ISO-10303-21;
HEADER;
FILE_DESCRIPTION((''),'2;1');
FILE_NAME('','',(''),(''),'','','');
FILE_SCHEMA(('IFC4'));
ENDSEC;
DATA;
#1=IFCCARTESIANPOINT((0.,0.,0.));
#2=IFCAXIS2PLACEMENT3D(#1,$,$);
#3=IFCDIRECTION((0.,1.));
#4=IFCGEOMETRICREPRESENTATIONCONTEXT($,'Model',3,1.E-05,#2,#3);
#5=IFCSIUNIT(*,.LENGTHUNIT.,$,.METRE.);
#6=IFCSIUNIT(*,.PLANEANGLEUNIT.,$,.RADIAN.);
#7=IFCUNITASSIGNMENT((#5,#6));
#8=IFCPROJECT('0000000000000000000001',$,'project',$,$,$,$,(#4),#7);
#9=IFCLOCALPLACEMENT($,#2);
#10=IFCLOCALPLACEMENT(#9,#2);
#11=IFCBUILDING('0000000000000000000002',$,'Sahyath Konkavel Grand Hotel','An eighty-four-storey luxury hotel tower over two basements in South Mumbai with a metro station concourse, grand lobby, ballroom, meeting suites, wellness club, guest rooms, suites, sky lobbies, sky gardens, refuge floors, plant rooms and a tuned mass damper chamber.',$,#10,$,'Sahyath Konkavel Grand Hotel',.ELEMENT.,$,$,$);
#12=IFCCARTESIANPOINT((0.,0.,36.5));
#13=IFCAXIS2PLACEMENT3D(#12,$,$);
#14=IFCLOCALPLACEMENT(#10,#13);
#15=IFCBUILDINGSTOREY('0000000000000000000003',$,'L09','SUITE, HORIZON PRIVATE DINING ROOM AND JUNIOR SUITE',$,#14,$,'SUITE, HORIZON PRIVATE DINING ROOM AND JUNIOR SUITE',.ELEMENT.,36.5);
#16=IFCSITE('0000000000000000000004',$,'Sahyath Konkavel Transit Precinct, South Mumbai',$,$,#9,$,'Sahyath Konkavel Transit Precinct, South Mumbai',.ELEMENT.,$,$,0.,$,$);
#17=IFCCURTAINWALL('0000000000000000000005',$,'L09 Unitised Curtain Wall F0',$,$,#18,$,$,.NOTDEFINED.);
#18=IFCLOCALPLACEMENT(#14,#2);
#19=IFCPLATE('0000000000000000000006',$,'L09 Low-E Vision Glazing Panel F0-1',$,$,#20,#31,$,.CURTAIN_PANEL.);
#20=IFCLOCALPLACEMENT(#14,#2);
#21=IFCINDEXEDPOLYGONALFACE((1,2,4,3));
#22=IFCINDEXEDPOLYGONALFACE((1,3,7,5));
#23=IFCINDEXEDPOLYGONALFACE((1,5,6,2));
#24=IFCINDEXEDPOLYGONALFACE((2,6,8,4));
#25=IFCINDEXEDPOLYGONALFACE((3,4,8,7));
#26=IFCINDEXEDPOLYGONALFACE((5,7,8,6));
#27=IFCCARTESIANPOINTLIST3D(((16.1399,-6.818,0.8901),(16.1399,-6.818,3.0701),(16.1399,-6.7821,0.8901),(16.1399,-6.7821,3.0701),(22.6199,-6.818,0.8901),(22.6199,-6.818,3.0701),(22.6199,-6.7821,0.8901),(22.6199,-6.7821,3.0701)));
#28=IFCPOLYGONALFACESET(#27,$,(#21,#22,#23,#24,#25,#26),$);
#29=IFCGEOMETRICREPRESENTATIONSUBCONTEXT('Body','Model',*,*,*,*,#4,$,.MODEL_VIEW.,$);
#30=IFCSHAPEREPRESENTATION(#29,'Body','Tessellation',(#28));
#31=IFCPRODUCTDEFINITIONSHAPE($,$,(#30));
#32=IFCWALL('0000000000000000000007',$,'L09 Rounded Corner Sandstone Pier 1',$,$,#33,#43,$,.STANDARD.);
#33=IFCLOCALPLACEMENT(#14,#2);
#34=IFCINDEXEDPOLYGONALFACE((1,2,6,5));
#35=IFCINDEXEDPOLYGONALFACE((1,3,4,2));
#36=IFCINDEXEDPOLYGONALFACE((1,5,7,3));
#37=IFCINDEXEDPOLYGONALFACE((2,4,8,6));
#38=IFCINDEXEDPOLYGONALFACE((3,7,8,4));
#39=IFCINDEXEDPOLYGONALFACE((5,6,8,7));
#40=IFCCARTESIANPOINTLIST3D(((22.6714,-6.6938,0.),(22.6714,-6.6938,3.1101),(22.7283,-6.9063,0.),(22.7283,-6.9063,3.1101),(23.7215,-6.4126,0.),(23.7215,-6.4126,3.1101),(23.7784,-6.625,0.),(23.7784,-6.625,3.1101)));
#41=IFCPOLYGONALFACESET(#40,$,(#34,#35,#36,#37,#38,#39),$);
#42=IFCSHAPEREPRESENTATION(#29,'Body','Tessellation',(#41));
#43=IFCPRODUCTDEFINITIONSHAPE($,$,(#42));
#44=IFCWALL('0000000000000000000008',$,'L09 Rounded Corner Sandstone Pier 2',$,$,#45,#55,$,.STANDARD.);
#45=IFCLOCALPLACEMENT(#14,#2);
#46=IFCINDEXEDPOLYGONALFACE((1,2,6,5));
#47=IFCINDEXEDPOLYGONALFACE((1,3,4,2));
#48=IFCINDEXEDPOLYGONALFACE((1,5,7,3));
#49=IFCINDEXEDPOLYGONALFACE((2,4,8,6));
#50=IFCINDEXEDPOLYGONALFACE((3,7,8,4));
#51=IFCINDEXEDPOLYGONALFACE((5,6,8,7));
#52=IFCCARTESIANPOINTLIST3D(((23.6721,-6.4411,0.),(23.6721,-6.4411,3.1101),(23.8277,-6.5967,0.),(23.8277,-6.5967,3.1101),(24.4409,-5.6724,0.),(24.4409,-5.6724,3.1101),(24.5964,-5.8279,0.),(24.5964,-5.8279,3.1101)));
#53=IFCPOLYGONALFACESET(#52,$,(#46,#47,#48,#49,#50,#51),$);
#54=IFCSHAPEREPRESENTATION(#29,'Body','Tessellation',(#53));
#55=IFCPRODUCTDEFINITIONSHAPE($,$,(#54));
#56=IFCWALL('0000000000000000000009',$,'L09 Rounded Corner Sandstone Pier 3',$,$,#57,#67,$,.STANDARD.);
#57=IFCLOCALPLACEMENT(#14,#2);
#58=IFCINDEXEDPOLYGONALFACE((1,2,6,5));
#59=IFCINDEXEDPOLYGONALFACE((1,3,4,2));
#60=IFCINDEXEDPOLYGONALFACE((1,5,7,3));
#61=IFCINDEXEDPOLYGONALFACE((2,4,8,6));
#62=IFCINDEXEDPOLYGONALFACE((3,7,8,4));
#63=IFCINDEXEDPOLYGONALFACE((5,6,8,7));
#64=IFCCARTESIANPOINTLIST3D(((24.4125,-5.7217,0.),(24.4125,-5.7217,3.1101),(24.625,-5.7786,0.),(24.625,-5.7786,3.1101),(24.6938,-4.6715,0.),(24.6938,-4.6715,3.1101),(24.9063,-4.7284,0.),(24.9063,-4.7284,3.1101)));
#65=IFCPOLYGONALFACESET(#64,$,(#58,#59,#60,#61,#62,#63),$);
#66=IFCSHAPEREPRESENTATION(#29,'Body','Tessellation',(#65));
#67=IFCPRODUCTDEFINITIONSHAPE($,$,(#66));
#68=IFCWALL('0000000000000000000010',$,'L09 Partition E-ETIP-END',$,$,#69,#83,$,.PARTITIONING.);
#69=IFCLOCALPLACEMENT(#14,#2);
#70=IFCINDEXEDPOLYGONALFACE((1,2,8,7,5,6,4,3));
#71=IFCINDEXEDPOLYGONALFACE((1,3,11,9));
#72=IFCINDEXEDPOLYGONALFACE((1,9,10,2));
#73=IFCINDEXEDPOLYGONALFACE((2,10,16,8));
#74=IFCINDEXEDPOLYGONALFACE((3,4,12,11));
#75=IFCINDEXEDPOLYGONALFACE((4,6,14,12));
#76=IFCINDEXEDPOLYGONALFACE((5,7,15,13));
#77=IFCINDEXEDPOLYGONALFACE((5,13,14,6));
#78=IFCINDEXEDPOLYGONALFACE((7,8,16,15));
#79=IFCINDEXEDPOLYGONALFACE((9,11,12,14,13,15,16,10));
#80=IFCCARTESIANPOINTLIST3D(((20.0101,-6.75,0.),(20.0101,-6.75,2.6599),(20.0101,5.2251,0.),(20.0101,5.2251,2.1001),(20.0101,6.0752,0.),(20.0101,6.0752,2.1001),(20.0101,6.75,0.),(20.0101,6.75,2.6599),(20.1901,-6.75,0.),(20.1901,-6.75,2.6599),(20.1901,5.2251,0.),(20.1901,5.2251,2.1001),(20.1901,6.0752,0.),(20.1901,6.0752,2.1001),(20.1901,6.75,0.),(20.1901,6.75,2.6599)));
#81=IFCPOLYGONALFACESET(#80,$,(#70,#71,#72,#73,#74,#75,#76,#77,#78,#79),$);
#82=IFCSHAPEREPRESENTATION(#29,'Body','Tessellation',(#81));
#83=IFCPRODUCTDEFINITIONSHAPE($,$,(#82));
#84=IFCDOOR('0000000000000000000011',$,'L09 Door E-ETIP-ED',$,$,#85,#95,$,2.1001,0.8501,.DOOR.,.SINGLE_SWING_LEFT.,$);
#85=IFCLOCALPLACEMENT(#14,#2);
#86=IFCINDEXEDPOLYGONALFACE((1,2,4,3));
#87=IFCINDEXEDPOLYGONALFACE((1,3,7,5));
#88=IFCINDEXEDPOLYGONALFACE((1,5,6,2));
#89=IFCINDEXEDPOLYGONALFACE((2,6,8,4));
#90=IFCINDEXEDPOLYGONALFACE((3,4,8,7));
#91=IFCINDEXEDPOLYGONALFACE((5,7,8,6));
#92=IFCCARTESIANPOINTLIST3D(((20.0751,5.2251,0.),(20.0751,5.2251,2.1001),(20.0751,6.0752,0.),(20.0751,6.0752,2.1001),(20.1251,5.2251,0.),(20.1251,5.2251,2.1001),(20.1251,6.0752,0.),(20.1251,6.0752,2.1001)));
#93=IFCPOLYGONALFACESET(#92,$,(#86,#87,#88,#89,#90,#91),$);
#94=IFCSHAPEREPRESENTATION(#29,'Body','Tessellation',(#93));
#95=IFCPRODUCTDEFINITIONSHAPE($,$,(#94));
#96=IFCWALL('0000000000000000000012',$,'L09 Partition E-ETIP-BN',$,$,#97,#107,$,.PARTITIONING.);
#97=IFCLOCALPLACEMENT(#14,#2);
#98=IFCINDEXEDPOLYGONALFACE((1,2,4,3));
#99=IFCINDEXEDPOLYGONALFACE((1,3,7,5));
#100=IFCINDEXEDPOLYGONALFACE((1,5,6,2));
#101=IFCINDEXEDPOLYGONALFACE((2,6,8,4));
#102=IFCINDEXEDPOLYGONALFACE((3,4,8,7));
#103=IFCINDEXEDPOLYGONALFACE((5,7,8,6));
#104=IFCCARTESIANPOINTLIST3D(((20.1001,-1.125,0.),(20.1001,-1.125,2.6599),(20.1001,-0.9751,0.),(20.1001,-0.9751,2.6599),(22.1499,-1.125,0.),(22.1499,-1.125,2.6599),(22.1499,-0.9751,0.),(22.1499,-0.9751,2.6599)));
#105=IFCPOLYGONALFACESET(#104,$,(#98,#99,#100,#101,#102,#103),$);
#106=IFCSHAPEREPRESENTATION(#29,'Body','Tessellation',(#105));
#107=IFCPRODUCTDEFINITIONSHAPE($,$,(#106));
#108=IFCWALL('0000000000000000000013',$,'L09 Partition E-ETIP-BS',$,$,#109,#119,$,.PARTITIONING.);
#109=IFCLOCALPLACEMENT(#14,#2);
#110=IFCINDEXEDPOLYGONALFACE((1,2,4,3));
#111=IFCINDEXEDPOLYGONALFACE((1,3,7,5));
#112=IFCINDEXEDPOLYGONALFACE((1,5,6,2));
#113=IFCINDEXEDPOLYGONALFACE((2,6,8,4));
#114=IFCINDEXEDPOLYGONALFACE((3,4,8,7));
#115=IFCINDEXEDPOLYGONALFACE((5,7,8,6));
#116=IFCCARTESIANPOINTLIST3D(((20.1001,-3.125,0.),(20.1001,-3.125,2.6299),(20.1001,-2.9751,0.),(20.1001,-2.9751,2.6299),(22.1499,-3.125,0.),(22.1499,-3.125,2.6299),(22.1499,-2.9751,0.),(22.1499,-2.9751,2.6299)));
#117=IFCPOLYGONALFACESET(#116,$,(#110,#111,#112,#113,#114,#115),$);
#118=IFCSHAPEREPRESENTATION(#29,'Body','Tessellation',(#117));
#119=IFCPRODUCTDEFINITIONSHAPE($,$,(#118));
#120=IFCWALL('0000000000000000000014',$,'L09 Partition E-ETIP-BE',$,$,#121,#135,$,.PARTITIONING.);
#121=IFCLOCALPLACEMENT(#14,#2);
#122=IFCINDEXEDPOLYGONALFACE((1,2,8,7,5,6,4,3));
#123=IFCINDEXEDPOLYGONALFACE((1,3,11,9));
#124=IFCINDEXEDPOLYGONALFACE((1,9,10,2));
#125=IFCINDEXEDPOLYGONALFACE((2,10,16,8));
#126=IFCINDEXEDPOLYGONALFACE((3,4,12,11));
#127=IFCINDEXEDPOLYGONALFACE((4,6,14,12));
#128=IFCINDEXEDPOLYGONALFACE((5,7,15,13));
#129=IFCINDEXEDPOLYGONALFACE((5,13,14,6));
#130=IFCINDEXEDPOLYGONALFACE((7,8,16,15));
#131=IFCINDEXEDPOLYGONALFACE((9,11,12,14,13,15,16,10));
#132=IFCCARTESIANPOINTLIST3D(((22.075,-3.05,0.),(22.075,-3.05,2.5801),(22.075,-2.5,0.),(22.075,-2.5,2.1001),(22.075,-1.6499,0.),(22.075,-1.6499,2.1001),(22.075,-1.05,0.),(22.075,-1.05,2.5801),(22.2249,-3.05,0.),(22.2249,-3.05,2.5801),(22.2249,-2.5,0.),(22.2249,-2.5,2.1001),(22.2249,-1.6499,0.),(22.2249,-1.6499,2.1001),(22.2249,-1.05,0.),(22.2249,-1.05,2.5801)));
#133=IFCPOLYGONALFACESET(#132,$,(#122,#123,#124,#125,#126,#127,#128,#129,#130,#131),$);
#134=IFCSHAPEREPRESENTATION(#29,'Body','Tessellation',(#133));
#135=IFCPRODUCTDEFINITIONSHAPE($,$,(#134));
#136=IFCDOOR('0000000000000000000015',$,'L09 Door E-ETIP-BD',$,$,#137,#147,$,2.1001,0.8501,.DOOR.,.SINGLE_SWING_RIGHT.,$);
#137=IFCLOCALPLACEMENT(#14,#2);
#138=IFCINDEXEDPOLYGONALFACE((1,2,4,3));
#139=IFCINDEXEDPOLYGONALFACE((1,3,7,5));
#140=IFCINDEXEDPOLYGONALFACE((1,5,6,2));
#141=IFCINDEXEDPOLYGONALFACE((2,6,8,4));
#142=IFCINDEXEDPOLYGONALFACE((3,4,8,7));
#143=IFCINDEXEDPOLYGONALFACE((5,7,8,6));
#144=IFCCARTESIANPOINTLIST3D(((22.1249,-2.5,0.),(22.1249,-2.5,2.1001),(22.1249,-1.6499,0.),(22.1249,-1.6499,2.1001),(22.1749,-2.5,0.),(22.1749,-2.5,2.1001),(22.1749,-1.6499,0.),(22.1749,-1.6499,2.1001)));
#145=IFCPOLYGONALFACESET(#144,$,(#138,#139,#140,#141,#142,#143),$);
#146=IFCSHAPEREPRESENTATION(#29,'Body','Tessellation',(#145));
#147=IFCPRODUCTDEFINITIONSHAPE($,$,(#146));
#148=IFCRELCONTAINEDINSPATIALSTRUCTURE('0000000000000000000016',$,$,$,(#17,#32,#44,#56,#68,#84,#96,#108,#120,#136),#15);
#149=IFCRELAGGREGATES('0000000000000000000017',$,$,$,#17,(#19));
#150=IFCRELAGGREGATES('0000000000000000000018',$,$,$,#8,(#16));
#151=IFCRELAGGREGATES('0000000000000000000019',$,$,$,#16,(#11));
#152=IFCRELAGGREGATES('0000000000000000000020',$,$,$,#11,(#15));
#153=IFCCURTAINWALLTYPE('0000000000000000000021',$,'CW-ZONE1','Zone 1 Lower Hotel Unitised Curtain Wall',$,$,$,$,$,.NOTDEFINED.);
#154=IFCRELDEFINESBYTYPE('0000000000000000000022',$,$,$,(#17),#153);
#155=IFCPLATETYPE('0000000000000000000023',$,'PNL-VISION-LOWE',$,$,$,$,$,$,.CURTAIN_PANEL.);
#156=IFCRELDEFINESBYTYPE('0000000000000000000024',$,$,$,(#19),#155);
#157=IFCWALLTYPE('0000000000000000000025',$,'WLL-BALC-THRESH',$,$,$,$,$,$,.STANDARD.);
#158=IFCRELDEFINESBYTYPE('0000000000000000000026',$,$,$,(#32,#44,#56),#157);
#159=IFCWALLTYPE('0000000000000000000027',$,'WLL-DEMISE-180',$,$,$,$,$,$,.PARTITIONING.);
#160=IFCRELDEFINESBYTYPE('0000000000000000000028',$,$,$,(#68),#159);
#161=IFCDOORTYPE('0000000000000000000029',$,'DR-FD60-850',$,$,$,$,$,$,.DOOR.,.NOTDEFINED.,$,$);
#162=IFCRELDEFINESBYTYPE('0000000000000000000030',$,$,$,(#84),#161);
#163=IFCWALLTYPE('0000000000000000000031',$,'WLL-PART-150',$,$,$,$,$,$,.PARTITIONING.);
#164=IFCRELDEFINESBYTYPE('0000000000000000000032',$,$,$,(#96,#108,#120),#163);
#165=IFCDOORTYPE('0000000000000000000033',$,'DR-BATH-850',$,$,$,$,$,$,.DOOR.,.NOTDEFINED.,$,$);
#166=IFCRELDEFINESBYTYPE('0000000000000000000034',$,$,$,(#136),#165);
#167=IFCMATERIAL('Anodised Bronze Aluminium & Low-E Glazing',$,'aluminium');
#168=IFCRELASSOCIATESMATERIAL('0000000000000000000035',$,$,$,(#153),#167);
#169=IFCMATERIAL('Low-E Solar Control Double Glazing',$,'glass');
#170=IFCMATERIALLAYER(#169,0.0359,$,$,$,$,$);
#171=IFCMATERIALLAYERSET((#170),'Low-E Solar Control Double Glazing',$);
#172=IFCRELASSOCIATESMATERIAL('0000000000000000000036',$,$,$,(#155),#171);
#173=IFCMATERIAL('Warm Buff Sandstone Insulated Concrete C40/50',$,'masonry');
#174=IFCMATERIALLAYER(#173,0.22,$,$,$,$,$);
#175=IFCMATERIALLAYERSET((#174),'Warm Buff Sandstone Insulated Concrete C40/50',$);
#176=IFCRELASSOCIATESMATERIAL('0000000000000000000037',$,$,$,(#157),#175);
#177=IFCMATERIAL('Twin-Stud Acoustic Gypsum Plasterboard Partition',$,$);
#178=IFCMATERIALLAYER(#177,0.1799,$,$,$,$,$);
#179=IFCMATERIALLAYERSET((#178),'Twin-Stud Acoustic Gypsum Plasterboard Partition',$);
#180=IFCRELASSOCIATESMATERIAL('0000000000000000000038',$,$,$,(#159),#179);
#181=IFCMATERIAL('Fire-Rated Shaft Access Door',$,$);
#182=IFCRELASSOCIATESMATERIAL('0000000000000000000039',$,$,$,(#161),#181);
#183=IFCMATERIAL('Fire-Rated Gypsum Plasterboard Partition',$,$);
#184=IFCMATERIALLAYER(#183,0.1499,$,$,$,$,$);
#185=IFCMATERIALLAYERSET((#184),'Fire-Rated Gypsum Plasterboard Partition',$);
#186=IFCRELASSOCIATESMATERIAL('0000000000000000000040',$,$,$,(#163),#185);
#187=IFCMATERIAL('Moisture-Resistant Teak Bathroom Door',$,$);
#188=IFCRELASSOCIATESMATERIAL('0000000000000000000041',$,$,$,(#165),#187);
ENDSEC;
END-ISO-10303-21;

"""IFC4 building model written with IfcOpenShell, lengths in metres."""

from ifc_helpers import new_model, si_unit, direction, frame, frame_2d, origin, origin_2d, place, context, subcontext, project, spatial, rectangle, extrude, source, transform, mapped, material, layer, layer_set, type_object, element, fill, aggregate, save


model = new_model("IFC4")

# Units and contexts
model_context = context("Model", 3, precision=1e-05, world=origin(), true_north=direction((0.0, 1.0)))
body_context = subcontext(model_context, "Body", "Model", "MODEL_VIEW")
ifc_project = project(units=[si_unit("LENGTHUNIT", "METRE"), si_unit("PLANEANGLEUNIT", "RADIAN")], contexts=[model_context])

# Site, building, storey
site_placement = place(None, origin())
site = spatial("IfcSite", under=ifc_project, at=site_placement, Name="Sahyath Konkavel Transit Precinct, South Mumbai", LongName="Sahyath Konkavel Transit Precinct, South Mumbai", CompositionType="ELEMENT", RefElevation=0.0)
building_placement = place(site_placement, origin())
building = spatial("IfcBuilding", under=site, at=building_placement, Name="Sahyath Konkavel Grand Hotel", Description="An eighty-four-storey luxury hotel tower over two basements in South Mumbai with a metro station concourse, grand lobby, ballroom, meeting suites, wellness club, guest rooms, suites, sky lobbies, sky gardens, refuge floors, plant rooms and a tuned mass damper chamber.", LongName="Sahyath Konkavel Grand Hotel", CompositionType="ELEMENT")
storey_placement = place(building_placement, frame((0.0, 0.0, 36.5)))
storey = spatial("IfcBuildingStorey", under=building, at=storey_placement, Name="L09", Description="SUITE, HORIZON PRIVATE DINING ROOM AND JUNIOR SUITE", LongName="SUITE, HORIZON PRIVATE DINING ROOM AND JUNIOR SUITE", CompositionType="ELEMENT", Elevation=36.5)

# Curtain wall
ifc_material_1 = material(Name="Anodised Bronze Aluminium & Low-E Glazing", Category="aluminium")
curtain_wall_type = type_object("IfcCurtainWallType", Name="CW-ZONE1", Description="Zone 1 Lower Hotel Unitised Curtain Wall", PredefinedType="NOTDEFINED", material=ifc_material_1)
curtain_wall_1_placement = place(storey_placement, origin())
curtain_wall_1 = element("IfcCurtainWall", 1, at=curtain_wall_1_placement, inside=storey, type_object=curtain_wall_type, Name="L09 Unitised Curtain Wall F0", PredefinedType="NOTDEFINED")

# Plate
ifc_material_2 = material(Name="Low-E Solar Control Double Glazing", Category="glass")
ifc_layer_1 = layer(ifc_material_2, 0.0359)
ifc_layer_set_1 = layer_set([ifc_layer_1], Name="Low-E Solar Control Double Glazing")
plate_type_1 = type_object("IfcPlateType", Name="PNL-VISION-LOWE", PredefinedType="CURTAIN_PANEL", material=ifc_layer_set_1)
shared_shape_1 = source(origin(), body_context, "Body", "SweptSolid", [
    extrude(rectangle(XDim=6.48, YDim=0.0359, at=origin_2d()), origin(), (0.0, 0.0, 1.0), 2.1799),
])
plate_1_placement = place(storey_placement, frame((19.3799, -6.8, 0.8901), z_axis=(0.0, 0.0, 1.0), x_axis=(1.0, 0.0, 0.0)))
plate_1 = element("IfcPlate", 2, at=plate_1_placement, type_object=plate_type_1, Name="L09 Low-E Vision Glazing Panel F0-1", PredefinedType="CURTAIN_PANEL", context=body_context, shape_type="MappedRepresentation", body=[
    mapped(shared_shape_1, transform((0.0, 0.0, 0.0), scale=1.0)),
])
aggregate(curtain_wall_1, [plate_1])

# Walls
ifc_material_3 = material(Name="Warm Buff Sandstone Insulated Concrete C40/50", Category="masonry")
ifc_layer_2 = layer(ifc_material_3, 0.22)
ifc_layer_set_2 = layer_set([ifc_layer_2], Name="Warm Buff Sandstone Insulated Concrete C40/50")
wall_type_1 = type_object("IfcWallType", Name="WLL-BALC-THRESH", PredefinedType="STANDARD", material=ifc_layer_set_2)
for number, where, z_axis, x_axis, name in (
    (3, (22.7, -6.8, 0.0), (0.0, 0.0, 1.0), (0.965951, 0.258725, 0.0), "L09 Rounded Corner Sandstone Pier 1"),
    (4, (23.75, -6.5188, 0.0), (0.0, 0.0, 1.0), (0.707107, 0.707107, 0.0), "L09 Rounded Corner Sandstone Pier 2"),
    (5, (24.5188, -5.75, 0.0), (0.0, 0.0, 1.0), (0.258725, 0.965951, 0.0), "L09 Rounded Corner Sandstone Pier 3"),
):
    element("IfcWall", number, at=place(storey_placement, frame(where, z_axis=z_axis, x_axis=x_axis)), inside=storey, type_object=wall_type_1, Name=name, PredefinedType="STANDARD", context=body_context, shape_type="SweptSolid", body=[
        extrude(rectangle(XDim=1.0872, YDim=0.22, at=frame_2d((0.5435, 0.0))), origin(), (0.0, 0.0, 1.0), 3.1101),
    ])

# Wall, opening, door
ifc_material_4 = material(Name="Twin-Stud Acoustic Gypsum Plasterboard Partition")
ifc_layer_3 = layer(ifc_material_4, 0.1799)
ifc_layer_set_3 = layer_set([ifc_layer_3], Name="Twin-Stud Acoustic Gypsum Plasterboard Partition")
wall_type_2 = type_object("IfcWallType", Name="WLL-DEMISE-180", PredefinedType="PARTITIONING", material=ifc_layer_set_3)
wall_1_placement = place(storey_placement, frame((20.1001, -6.75, 0.0), z_axis=(0.0, 0.0, 1.0), x_axis=(0.0, 1.0, 0.0)))
wall_1 = element("IfcWall", 6, at=wall_1_placement, inside=storey, type_object=wall_type_2, Name="L09 Partition E-ETIP-END", PredefinedType="PARTITIONING", context=body_context, shape_type="SweptSolid", body=[
    extrude(rectangle(XDim=13.5, YDim=0.1799, at=frame_2d((6.75, 0.0))), origin(), (0.0, 0.0, 1.0), 2.6599),
])
opening_1_placement = place(wall_1_placement, frame((11.9751, 0.0, 0.0)))
opening_1 = element("IfcOpeningElement", 7, at=opening_1_placement, cuts=wall_1, PredefinedType="OPENING", context=body_context, shape_type="SweptSolid", body=[
    extrude(rectangle(XDim=0.8501, YDim=2.1001, at=frame_2d((0.425, 1.05))), frame((0.0, 0.1001, 0.0), z_axis=(0.0, -1.0, 0.0), x_axis=(1.0, 0.0, 0.0)), (0.0, 0.0, 1.0), 0.2),
])
ifc_material_5 = material(Name="Fire-Rated Shaft Access Door")
door_type_1 = type_object("IfcDoorType", Name="DR-FD60-850", OperationType="NOTDEFINED", PredefinedType="DOOR", material=ifc_material_5)
shared_shape_2 = source(origin(), body_context, "Body", "SweptSolid", [
    extrude(rectangle(XDim=0.8501, YDim=0.05, at=origin_2d()), origin(), (0.0, 0.0, 1.0), 2.1001),
])
door_1_placement = place(opening_1_placement, frame((0.425, 0.0, 0.0)))
door_1 = element("IfcDoor", 8, at=door_1_placement, inside=storey, type_object=door_type_1, Name="L09 Door E-ETIP-ED", OperationType="SINGLE_SWING_LEFT", OverallHeight=2.1001, OverallWidth=0.8501, PredefinedType="DOOR", context=body_context, shape_type="MappedRepresentation", body=[
    mapped(shared_shape_2, transform((0.0, 0.0, 0.0), scale=1.0)),
])
fill(opening_1, door_1)

# Walls
ifc_material_6 = material(Name="Fire-Rated Gypsum Plasterboard Partition")
ifc_layer_4 = layer(ifc_material_6, 0.1499)
ifc_layer_set_4 = layer_set([ifc_layer_4], Name="Fire-Rated Gypsum Plasterboard Partition")
wall_type_3 = type_object("IfcWallType", Name="WLL-PART-150", PredefinedType="PARTITIONING", material=ifc_layer_set_4)
wall_2_placement = place(storey_placement, frame((20.1001, -1.05, 0.0), z_axis=(0.0, 0.0, 1.0), x_axis=(1.0, 0.0, 0.0)))
element("IfcWall", 9, at=wall_2_placement, inside=storey, type_object=wall_type_3, Name="L09 Partition E-ETIP-BN", PredefinedType="PARTITIONING", context=body_context, shape_type="SweptSolid", body=[
    extrude(rectangle(XDim=2.0498, YDim=0.1499, at=frame_2d((1.0249, 0.0))), origin(), (0.0, 0.0, 1.0), 2.6599),
])
wall_3_placement = place(storey_placement, frame((20.1001, -3.05, 0.0), z_axis=(0.0, 0.0, 1.0), x_axis=(1.0, 0.0, 0.0)))
element("IfcWall", 10, at=wall_3_placement, inside=storey, type_object=wall_type_3, Name="L09 Partition E-ETIP-BS", PredefinedType="PARTITIONING", context=body_context, shape_type="SweptSolid", body=[
    extrude(rectangle(XDim=2.0498, YDim=0.1499, at=frame_2d((1.0249, 0.0))), origin(), (0.0, 0.0, 1.0), 2.6299),
])

# Wall, opening, door
wall_4_placement = place(storey_placement, frame((22.1499, -3.05, 0.0), z_axis=(0.0, 0.0, 1.0), x_axis=(0.0, 1.0, 0.0)))
wall_4 = element("IfcWall", 11, at=wall_4_placement, inside=storey, type_object=wall_type_3, Name="L09 Partition E-ETIP-BE", PredefinedType="PARTITIONING", context=body_context, shape_type="SweptSolid", body=[
    extrude(rectangle(XDim=2.0, YDim=0.1499, at=frame_2d((1.0, 0.0))), origin(), (0.0, 0.0, 1.0), 2.5801),
])
opening_2_placement = place(wall_4_placement, frame((0.55, 0.0, 0.0)))
opening_2 = element("IfcOpeningElement", 12, at=opening_2_placement, cuts=wall_4, PredefinedType="OPENING", context=body_context, shape_type="SweptSolid", body=[
    extrude(rectangle(XDim=0.8501, YDim=2.1001, at=frame_2d((0.425, 1.05))), frame((0.0, 0.085, 0.0), z_axis=(0.0, -1.0, 0.0), x_axis=(1.0, 0.0, 0.0)), (0.0, 0.0, 1.0), 0.1699),
])
ifc_material_7 = material(Name="Moisture-Resistant Teak Bathroom Door")
door_type_2 = type_object("IfcDoorType", Name="DR-BATH-850", OperationType="NOTDEFINED", PredefinedType="DOOR", material=ifc_material_7)
door_2_placement = place(opening_2_placement, frame((0.425, 0.0, 0.0)))
door_2 = element("IfcDoor", 13, at=door_2_placement, inside=storey, type_object=door_type_2, Name="L09 Door E-ETIP-BD", OperationType="SINGLE_SWING_RIGHT", OverallHeight=2.1001, OverallWidth=0.8501, PredefinedType="DOOR", context=body_context, shape_type="MappedRepresentation", body=[
    mapped(shared_shape_2, transform((0.0, 0.0, 0.0), scale=1.0)),
])
fill(opening_2, door_2)

save(model, "model.ifc")
